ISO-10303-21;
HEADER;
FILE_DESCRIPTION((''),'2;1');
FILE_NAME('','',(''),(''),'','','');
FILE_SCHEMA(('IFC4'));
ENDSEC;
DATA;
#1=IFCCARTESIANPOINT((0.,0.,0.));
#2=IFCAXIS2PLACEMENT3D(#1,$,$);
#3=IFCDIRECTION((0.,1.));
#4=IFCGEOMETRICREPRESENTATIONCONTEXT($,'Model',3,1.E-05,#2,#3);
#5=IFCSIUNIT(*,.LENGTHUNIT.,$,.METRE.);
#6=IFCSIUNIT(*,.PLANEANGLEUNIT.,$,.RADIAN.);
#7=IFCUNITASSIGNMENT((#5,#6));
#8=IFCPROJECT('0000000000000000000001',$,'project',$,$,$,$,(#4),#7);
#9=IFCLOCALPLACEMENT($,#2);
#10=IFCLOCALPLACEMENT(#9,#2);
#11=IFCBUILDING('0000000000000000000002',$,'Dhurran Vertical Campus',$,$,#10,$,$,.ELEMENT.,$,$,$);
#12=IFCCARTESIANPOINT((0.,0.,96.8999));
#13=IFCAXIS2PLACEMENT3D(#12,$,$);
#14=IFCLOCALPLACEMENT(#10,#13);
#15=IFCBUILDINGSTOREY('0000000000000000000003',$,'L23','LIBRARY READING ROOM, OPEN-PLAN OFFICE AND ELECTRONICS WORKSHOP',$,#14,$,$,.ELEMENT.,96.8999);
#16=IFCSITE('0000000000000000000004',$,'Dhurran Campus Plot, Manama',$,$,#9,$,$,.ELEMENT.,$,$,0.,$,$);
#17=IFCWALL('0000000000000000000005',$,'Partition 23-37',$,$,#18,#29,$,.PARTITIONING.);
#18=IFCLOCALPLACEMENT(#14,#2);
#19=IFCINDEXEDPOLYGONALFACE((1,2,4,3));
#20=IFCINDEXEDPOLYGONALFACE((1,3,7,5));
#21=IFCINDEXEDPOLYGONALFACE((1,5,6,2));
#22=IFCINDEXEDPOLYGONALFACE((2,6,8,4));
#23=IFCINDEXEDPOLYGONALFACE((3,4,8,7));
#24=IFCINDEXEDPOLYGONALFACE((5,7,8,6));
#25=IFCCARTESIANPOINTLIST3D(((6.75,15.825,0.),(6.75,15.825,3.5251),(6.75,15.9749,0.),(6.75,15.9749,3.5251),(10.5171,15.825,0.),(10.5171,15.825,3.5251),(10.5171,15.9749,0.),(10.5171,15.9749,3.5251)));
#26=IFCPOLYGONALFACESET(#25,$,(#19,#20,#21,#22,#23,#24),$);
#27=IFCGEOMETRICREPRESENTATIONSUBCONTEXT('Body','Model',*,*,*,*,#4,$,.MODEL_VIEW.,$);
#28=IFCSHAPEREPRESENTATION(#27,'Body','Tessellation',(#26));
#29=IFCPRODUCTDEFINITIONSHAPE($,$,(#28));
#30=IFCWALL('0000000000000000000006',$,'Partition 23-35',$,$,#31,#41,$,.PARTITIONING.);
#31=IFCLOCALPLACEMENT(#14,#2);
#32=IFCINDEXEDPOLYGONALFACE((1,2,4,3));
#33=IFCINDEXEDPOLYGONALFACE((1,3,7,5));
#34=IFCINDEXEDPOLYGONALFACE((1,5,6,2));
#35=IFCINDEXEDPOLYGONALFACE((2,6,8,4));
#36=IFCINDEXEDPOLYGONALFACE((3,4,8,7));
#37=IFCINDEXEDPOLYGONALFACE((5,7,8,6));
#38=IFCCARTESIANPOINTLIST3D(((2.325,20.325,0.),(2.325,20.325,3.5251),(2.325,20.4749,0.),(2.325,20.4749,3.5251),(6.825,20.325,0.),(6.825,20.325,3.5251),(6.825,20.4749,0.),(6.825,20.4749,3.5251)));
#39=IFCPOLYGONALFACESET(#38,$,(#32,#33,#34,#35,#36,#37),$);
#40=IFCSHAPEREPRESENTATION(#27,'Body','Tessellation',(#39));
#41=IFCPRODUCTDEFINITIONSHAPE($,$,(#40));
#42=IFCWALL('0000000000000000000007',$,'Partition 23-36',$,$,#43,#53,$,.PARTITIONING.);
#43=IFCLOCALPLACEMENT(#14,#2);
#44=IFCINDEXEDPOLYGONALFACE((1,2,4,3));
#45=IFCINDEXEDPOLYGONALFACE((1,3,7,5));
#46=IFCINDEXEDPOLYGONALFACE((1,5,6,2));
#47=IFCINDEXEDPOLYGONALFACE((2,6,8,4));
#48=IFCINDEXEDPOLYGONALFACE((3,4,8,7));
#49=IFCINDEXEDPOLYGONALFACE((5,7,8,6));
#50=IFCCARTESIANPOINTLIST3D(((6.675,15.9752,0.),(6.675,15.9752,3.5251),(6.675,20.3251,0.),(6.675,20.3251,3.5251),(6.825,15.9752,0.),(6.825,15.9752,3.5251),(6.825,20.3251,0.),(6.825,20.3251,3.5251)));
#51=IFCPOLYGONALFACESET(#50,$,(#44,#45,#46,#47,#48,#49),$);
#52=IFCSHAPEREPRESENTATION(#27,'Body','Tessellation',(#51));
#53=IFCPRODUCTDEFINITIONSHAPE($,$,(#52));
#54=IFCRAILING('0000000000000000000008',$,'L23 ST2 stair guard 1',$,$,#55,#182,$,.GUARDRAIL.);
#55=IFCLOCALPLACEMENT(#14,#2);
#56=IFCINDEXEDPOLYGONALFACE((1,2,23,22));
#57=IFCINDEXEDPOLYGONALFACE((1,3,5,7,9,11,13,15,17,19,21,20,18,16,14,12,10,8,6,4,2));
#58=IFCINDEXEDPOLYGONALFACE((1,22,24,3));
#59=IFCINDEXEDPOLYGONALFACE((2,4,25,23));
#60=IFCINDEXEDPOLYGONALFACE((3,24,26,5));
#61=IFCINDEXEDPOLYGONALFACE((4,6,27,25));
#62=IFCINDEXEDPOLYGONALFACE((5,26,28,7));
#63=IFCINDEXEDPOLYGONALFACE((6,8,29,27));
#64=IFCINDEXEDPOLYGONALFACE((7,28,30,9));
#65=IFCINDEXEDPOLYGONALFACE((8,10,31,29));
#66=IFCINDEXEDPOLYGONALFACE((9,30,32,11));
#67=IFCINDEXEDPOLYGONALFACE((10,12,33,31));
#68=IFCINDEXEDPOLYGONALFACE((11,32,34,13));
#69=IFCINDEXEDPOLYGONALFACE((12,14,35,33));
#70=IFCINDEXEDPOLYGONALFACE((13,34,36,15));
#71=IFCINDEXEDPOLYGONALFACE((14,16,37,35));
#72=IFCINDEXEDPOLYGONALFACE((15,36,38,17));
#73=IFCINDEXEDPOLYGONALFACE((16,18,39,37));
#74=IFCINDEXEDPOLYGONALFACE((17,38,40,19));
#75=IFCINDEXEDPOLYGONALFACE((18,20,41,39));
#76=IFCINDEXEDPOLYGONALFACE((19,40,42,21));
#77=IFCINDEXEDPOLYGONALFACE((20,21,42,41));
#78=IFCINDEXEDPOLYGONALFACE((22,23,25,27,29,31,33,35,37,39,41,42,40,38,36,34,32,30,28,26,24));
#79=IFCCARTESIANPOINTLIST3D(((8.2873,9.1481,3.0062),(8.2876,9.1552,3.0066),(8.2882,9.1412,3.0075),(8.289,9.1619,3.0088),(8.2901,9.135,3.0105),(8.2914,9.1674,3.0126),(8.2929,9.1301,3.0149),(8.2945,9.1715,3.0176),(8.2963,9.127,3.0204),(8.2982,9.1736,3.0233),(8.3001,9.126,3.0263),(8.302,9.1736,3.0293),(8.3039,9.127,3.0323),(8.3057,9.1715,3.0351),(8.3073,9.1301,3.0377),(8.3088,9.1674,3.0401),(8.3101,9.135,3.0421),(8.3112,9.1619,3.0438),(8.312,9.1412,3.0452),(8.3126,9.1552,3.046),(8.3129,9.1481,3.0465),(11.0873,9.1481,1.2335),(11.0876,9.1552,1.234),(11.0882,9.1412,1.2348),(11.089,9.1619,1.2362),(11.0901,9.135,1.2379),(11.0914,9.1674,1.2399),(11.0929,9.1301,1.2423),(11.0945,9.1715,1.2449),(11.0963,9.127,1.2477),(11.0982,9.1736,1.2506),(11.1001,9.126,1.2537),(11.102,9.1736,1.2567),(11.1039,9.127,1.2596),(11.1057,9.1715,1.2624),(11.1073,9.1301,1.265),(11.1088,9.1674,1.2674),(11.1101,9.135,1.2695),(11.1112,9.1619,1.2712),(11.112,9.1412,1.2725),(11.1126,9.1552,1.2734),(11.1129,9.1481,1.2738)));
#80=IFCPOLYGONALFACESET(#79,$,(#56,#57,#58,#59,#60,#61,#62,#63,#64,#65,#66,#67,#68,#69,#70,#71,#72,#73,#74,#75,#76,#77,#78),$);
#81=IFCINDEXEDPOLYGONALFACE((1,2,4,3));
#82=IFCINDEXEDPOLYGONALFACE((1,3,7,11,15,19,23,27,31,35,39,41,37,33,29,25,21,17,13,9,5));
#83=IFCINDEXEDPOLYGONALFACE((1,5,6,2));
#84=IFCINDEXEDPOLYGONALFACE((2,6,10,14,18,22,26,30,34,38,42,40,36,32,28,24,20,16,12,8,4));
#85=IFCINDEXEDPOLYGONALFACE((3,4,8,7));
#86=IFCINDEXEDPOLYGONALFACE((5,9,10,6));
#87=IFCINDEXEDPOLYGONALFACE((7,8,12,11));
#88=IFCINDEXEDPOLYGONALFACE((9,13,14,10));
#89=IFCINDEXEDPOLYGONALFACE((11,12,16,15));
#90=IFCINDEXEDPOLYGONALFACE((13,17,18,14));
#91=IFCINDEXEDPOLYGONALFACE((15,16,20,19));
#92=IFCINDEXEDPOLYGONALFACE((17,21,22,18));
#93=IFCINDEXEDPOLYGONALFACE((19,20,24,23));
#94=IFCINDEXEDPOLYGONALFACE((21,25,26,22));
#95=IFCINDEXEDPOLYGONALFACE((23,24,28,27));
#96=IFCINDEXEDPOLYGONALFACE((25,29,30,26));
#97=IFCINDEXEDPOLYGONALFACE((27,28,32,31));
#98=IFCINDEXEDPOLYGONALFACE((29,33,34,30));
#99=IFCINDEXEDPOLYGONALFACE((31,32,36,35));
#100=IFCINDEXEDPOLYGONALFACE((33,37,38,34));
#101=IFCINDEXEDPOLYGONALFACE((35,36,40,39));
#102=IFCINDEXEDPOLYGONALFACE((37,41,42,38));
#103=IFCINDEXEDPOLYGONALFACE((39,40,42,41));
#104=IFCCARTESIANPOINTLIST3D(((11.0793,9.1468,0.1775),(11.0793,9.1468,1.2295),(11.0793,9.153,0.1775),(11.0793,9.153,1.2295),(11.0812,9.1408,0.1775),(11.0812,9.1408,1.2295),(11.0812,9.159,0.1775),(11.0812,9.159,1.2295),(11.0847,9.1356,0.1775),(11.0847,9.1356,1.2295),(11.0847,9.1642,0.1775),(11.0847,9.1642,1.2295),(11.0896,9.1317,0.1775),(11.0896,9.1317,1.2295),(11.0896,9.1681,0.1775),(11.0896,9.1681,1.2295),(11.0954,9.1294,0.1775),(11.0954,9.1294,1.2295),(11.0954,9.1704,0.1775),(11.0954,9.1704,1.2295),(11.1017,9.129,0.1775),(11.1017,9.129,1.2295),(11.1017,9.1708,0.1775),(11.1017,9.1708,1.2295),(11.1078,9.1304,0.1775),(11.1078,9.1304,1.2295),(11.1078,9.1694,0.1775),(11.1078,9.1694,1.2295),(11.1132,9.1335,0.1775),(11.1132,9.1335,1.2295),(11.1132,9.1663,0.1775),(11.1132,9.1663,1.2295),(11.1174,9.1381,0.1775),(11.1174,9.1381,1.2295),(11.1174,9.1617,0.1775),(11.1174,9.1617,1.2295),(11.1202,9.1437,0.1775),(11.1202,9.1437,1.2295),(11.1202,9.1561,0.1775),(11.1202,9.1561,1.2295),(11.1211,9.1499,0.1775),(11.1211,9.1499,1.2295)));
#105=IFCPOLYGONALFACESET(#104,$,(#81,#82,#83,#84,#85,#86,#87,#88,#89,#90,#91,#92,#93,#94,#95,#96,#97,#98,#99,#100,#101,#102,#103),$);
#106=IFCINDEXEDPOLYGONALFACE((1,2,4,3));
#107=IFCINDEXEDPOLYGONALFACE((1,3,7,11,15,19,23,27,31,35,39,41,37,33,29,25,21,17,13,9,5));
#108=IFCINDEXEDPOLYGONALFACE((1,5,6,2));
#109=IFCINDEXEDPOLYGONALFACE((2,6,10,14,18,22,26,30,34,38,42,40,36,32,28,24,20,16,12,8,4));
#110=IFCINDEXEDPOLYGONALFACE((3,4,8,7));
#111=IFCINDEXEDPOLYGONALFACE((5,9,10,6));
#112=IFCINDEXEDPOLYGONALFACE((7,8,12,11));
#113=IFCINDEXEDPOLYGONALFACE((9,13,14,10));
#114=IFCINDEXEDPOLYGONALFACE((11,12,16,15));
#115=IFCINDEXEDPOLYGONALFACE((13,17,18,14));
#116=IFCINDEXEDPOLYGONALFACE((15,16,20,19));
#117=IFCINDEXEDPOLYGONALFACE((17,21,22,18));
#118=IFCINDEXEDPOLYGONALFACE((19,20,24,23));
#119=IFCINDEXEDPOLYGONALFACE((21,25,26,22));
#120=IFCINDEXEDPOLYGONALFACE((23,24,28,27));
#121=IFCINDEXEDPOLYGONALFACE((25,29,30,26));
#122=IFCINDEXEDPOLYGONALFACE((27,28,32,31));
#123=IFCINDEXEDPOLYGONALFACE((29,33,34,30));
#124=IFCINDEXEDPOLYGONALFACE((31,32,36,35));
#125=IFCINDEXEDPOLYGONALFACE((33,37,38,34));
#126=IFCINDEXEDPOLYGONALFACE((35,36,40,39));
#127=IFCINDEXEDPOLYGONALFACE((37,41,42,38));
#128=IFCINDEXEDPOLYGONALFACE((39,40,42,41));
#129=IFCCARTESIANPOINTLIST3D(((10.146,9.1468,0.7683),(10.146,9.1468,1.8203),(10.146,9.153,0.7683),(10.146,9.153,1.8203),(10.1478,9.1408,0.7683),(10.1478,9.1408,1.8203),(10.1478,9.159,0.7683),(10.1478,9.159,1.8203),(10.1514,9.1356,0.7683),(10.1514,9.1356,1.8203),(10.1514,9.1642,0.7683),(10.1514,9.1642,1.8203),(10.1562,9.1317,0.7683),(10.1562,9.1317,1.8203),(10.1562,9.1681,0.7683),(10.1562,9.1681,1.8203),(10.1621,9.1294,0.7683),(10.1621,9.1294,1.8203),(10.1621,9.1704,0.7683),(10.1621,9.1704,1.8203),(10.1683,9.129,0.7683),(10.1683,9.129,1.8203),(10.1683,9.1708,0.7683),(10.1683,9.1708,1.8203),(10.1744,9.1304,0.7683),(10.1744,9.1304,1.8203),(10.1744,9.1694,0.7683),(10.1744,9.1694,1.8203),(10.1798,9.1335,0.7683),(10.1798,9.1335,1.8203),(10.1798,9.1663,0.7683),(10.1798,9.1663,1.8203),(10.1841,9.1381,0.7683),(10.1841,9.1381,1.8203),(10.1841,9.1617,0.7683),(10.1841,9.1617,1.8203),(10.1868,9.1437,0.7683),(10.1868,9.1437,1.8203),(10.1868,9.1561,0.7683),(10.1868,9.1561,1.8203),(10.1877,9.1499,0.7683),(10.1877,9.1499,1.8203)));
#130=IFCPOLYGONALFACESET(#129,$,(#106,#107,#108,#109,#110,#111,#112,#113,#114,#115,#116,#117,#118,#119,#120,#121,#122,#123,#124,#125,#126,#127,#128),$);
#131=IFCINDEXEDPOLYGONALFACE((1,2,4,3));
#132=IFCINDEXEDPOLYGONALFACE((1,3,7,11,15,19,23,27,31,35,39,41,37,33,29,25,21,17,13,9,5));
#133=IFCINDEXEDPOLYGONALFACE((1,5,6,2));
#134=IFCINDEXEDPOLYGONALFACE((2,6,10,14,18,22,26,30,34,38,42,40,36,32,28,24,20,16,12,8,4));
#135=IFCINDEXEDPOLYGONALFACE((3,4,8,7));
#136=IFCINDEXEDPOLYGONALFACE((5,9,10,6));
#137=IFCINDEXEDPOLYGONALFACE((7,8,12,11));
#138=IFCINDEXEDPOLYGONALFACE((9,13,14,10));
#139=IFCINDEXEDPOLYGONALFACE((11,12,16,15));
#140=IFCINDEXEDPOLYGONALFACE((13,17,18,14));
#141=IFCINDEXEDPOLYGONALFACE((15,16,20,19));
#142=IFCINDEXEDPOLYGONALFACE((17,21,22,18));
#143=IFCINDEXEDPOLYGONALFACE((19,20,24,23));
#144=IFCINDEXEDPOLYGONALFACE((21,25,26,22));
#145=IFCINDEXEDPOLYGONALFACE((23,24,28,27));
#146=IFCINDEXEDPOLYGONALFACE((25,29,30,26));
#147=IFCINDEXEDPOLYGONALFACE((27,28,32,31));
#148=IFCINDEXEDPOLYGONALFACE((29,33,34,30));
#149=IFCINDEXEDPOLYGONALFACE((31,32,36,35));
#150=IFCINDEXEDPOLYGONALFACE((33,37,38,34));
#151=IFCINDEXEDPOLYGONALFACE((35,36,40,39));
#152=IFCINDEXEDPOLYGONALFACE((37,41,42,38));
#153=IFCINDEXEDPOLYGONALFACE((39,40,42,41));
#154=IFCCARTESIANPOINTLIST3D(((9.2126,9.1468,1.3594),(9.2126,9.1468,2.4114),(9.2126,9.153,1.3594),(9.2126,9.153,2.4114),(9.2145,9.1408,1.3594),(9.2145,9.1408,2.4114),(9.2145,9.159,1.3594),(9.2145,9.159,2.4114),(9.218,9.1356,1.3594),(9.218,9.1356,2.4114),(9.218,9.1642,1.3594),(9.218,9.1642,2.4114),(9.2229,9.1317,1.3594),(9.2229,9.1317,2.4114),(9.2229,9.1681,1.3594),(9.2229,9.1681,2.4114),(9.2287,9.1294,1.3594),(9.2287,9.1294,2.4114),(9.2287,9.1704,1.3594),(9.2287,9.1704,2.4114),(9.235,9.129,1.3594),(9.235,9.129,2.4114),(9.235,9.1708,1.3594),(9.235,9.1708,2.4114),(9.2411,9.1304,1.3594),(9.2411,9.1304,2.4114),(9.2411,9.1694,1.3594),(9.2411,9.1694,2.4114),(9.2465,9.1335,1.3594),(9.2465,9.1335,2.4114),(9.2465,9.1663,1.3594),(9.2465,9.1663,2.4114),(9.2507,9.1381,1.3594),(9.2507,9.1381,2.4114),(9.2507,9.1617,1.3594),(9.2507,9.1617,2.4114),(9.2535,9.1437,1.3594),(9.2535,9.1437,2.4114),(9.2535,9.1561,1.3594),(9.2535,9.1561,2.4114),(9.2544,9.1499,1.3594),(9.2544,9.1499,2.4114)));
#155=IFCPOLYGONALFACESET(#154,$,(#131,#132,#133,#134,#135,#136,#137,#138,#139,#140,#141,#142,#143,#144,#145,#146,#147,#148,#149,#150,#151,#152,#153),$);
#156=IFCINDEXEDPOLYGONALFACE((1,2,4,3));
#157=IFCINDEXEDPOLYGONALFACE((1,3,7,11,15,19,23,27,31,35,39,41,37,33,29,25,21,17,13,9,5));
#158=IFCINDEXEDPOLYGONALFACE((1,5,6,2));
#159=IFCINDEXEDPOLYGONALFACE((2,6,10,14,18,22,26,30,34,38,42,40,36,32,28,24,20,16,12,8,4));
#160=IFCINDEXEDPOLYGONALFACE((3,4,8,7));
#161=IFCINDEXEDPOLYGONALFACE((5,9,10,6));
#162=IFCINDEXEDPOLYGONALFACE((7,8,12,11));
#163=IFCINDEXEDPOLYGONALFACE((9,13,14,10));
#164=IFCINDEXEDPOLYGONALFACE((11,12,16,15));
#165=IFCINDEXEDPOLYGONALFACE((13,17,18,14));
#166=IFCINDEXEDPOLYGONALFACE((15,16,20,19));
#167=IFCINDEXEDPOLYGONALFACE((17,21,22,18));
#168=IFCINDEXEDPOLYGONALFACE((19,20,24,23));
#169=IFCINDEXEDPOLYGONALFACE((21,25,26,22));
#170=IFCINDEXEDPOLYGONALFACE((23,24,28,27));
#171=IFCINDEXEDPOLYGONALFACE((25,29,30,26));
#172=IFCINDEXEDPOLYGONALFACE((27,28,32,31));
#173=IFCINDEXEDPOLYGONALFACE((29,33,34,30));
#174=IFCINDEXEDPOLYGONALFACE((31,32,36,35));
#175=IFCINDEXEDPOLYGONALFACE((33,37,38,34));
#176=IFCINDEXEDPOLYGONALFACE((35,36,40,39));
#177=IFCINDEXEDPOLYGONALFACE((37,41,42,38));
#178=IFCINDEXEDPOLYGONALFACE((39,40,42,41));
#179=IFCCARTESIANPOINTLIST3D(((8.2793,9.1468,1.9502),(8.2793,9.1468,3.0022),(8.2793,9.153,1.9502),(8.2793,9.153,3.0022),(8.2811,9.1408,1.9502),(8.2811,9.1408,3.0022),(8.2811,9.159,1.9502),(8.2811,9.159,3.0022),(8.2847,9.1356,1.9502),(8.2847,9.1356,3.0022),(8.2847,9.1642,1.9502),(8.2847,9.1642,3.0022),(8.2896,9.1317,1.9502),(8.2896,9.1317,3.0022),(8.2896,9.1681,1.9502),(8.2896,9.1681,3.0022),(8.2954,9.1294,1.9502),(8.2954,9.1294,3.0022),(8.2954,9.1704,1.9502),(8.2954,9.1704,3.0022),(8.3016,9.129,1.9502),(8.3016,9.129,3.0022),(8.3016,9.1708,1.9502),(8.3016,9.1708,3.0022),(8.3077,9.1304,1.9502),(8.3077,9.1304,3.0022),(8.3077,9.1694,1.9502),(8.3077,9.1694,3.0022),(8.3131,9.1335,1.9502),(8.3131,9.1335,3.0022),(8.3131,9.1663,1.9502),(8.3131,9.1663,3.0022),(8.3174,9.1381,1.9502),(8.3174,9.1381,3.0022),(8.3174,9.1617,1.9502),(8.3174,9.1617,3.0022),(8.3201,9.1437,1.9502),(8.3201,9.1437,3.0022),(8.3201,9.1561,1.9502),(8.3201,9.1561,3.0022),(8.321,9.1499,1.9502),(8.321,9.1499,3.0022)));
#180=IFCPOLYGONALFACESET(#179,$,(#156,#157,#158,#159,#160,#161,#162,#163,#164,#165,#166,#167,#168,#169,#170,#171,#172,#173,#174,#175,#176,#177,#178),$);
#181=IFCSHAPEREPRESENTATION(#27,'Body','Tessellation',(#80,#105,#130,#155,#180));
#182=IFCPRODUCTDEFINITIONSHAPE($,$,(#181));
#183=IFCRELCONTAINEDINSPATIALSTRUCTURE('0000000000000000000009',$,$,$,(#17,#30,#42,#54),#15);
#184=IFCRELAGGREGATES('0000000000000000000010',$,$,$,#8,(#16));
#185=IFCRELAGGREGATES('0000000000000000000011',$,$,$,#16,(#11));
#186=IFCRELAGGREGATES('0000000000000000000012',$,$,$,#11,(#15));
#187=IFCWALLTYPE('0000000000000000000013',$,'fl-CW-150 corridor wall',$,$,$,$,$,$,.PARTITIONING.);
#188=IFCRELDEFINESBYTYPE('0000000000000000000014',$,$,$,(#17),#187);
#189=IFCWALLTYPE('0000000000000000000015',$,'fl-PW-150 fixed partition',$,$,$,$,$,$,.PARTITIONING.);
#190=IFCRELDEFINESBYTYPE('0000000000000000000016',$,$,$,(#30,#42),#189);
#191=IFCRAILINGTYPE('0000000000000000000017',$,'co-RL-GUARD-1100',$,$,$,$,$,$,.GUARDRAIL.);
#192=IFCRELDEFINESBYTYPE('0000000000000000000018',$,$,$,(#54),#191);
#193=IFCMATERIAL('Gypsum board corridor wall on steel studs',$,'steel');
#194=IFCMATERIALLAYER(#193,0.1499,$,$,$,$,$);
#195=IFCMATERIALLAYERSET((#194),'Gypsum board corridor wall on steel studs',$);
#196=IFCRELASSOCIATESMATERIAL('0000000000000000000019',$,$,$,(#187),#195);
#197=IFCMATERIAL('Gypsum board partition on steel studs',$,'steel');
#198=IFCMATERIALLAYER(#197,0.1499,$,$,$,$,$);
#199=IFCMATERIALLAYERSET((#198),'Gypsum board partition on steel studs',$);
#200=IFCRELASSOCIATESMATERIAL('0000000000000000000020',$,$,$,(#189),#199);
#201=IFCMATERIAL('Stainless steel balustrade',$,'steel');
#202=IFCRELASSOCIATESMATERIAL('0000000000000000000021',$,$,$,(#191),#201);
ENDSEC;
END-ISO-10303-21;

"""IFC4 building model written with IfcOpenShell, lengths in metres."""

from ifc_helpers import new_model, si_unit, direction, frame, frame_2d, origin, origin_2d, place, context, subcontext, project, spatial, rectangle, circle, extrude, material, layer, layer_set, type_object, element, save


model = new_model("IFC4")

# Units and contexts
model_context = context("Model", 3, precision=1e-05, world=origin(), true_north=direction((0.0, 1.0)))
body_context = subcontext(model_context, "Body", "Model", "MODEL_VIEW")
ifc_project = project(units=[si_unit("LENGTHUNIT", "METRE"), si_unit("PLANEANGLEUNIT", "RADIAN")], contexts=[model_context])

# Site, building, storey
site_placement = place(None, origin())
site = spatial("IfcSite", under=ifc_project, at=site_placement, Name="Dhurran Campus Plot, Manama", CompositionType="ELEMENT", RefElevation=0.0)
building_placement = place(site_placement, origin())
building = spatial("IfcBuilding", under=site, at=building_placement, Name="Dhurran Vertical Campus", CompositionType="ELEMENT")
storey_placement = place(building_placement, frame((0.0, 0.0, 96.8999)))
storey = spatial("IfcBuildingStorey", under=building, at=storey_placement, Name="L23", Description="LIBRARY READING ROOM, OPEN-PLAN OFFICE AND ELECTRONICS WORKSHOP", CompositionType="ELEMENT", Elevation=96.8999)

# Shared definitions
ifc_material_1 = material(Name="Gypsum board corridor wall on steel studs", Category="steel")
ifc_layer_1 = layer(ifc_material_1, 0.1499)
ifc_layer_set_1 = layer_set([ifc_layer_1], Name="Gypsum board corridor wall on steel studs")
wall_type_1 = type_object("IfcWallType", Name="fl-CW-150 corridor wall", PredefinedType="PARTITIONING", material=ifc_layer_set_1)

# Walls
wall_1_placement = place(storey_placement, frame((10.5171, 15.8999, 0.0), z_axis=(0.0, 0.0, 1.0), x_axis=(-1.0, 0.0, 0.0)))
element("IfcWall", 1, at=wall_1_placement, inside=storey, type_object=wall_type_1, Name="Partition 23-37", PredefinedType="PARTITIONING", context=body_context, shape_type="SweptSolid", body=[
    extrude(rectangle(XDim=3.7671, YDim=0.1499, at=frame_2d((1.8835, 0.0))), origin(), (0.0, 0.0, 1.0), 3.5251),
])
ifc_material_2 = material(Name="Gypsum board partition on steel studs", Category="steel")
ifc_layer_2 = layer(ifc_material_2, 0.1499)
ifc_layer_set_2 = layer_set([ifc_layer_2], Name="Gypsum board partition on steel studs")
wall_type_2 = type_object("IfcWallType", Name="fl-PW-150 fixed partition", PredefinedType="PARTITIONING", material=ifc_layer_set_2)
wall_2_placement = place(storey_placement, frame((2.325, 20.3999, 0.0), z_axis=(0.0, 0.0, 1.0), x_axis=(1.0, 0.0, 0.0)))
element("IfcWall", 2, at=wall_2_placement, inside=storey, type_object=wall_type_2, Name="Partition 23-35", PredefinedType="PARTITIONING", context=body_context, shape_type="SweptSolid", body=[
    extrude(rectangle(XDim=4.5, YDim=0.1499, at=frame_2d((2.25, 0.0))), origin(), (0.0, 0.0, 1.0), 3.5251),
])
wall_3_placement = place(storey_placement, frame((6.75, 20.325, 0.0), z_axis=(0.0, 0.0, 1.0), x_axis=(0.0, -1.0, 0.0)))
element("IfcWall", 3, at=wall_3_placement, inside=storey, type_object=wall_type_2, Name="Partition 23-36", PredefinedType="PARTITIONING", context=body_context, shape_type="SweptSolid", body=[
    extrude(rectangle(XDim=4.3499, YDim=0.1499, at=frame_2d((2.1748, 0.0))), origin(), (0.0, 0.0, 1.0), 3.5251),
])

# Railing
ifc_material_3 = material(Name="Stainless steel balustrade", Category="steel")
railing_type = type_object("IfcRailingType", Name="co-RL-GUARD-1100", PredefinedType="GUARDRAIL", material=ifc_material_3)
railing_1_placement = place(storey_placement, frame((11.1001, 9.1499, 0.1775)))
element("IfcRailing", 4, at=railing_1_placement, inside=storey, type_object=railing_type, Name="L23 ST2 stair guard 1", PredefinedType="GUARDRAIL", context=body_context, shape_type="SweptSolid", body=[
    extrude(circle(Radius=0.0239, at=origin_2d()), frame((0.0, 0.0, 1.0762), z_axis=(-0.844909, 0.0, 0.53491), x_axis=(0.0, -1.0, 0.0)), (0.0, 0.0, 1.0), 3.314),
    extrude(circle(Radius=0.021, at=origin_2d()), origin(), (0.0, 0.0, 1.0), 1.052),
    extrude(circle(Radius=0.021, at=origin_2d()), frame((-0.9333, 0.0, 0.5908)), (0.0, 0.0, 1.0), 1.052),
    extrude(circle(Radius=0.021, at=origin_2d()), frame((-1.8667, 0.0, 1.1819)), (0.0, 0.0, 1.0), 1.052),
    extrude(circle(Radius=0.021, at=origin_2d()), frame((-2.8, 0.0, 1.7727)), (0.0, 0.0, 1.0), 1.052),
])

save(model, "model.ifc")
